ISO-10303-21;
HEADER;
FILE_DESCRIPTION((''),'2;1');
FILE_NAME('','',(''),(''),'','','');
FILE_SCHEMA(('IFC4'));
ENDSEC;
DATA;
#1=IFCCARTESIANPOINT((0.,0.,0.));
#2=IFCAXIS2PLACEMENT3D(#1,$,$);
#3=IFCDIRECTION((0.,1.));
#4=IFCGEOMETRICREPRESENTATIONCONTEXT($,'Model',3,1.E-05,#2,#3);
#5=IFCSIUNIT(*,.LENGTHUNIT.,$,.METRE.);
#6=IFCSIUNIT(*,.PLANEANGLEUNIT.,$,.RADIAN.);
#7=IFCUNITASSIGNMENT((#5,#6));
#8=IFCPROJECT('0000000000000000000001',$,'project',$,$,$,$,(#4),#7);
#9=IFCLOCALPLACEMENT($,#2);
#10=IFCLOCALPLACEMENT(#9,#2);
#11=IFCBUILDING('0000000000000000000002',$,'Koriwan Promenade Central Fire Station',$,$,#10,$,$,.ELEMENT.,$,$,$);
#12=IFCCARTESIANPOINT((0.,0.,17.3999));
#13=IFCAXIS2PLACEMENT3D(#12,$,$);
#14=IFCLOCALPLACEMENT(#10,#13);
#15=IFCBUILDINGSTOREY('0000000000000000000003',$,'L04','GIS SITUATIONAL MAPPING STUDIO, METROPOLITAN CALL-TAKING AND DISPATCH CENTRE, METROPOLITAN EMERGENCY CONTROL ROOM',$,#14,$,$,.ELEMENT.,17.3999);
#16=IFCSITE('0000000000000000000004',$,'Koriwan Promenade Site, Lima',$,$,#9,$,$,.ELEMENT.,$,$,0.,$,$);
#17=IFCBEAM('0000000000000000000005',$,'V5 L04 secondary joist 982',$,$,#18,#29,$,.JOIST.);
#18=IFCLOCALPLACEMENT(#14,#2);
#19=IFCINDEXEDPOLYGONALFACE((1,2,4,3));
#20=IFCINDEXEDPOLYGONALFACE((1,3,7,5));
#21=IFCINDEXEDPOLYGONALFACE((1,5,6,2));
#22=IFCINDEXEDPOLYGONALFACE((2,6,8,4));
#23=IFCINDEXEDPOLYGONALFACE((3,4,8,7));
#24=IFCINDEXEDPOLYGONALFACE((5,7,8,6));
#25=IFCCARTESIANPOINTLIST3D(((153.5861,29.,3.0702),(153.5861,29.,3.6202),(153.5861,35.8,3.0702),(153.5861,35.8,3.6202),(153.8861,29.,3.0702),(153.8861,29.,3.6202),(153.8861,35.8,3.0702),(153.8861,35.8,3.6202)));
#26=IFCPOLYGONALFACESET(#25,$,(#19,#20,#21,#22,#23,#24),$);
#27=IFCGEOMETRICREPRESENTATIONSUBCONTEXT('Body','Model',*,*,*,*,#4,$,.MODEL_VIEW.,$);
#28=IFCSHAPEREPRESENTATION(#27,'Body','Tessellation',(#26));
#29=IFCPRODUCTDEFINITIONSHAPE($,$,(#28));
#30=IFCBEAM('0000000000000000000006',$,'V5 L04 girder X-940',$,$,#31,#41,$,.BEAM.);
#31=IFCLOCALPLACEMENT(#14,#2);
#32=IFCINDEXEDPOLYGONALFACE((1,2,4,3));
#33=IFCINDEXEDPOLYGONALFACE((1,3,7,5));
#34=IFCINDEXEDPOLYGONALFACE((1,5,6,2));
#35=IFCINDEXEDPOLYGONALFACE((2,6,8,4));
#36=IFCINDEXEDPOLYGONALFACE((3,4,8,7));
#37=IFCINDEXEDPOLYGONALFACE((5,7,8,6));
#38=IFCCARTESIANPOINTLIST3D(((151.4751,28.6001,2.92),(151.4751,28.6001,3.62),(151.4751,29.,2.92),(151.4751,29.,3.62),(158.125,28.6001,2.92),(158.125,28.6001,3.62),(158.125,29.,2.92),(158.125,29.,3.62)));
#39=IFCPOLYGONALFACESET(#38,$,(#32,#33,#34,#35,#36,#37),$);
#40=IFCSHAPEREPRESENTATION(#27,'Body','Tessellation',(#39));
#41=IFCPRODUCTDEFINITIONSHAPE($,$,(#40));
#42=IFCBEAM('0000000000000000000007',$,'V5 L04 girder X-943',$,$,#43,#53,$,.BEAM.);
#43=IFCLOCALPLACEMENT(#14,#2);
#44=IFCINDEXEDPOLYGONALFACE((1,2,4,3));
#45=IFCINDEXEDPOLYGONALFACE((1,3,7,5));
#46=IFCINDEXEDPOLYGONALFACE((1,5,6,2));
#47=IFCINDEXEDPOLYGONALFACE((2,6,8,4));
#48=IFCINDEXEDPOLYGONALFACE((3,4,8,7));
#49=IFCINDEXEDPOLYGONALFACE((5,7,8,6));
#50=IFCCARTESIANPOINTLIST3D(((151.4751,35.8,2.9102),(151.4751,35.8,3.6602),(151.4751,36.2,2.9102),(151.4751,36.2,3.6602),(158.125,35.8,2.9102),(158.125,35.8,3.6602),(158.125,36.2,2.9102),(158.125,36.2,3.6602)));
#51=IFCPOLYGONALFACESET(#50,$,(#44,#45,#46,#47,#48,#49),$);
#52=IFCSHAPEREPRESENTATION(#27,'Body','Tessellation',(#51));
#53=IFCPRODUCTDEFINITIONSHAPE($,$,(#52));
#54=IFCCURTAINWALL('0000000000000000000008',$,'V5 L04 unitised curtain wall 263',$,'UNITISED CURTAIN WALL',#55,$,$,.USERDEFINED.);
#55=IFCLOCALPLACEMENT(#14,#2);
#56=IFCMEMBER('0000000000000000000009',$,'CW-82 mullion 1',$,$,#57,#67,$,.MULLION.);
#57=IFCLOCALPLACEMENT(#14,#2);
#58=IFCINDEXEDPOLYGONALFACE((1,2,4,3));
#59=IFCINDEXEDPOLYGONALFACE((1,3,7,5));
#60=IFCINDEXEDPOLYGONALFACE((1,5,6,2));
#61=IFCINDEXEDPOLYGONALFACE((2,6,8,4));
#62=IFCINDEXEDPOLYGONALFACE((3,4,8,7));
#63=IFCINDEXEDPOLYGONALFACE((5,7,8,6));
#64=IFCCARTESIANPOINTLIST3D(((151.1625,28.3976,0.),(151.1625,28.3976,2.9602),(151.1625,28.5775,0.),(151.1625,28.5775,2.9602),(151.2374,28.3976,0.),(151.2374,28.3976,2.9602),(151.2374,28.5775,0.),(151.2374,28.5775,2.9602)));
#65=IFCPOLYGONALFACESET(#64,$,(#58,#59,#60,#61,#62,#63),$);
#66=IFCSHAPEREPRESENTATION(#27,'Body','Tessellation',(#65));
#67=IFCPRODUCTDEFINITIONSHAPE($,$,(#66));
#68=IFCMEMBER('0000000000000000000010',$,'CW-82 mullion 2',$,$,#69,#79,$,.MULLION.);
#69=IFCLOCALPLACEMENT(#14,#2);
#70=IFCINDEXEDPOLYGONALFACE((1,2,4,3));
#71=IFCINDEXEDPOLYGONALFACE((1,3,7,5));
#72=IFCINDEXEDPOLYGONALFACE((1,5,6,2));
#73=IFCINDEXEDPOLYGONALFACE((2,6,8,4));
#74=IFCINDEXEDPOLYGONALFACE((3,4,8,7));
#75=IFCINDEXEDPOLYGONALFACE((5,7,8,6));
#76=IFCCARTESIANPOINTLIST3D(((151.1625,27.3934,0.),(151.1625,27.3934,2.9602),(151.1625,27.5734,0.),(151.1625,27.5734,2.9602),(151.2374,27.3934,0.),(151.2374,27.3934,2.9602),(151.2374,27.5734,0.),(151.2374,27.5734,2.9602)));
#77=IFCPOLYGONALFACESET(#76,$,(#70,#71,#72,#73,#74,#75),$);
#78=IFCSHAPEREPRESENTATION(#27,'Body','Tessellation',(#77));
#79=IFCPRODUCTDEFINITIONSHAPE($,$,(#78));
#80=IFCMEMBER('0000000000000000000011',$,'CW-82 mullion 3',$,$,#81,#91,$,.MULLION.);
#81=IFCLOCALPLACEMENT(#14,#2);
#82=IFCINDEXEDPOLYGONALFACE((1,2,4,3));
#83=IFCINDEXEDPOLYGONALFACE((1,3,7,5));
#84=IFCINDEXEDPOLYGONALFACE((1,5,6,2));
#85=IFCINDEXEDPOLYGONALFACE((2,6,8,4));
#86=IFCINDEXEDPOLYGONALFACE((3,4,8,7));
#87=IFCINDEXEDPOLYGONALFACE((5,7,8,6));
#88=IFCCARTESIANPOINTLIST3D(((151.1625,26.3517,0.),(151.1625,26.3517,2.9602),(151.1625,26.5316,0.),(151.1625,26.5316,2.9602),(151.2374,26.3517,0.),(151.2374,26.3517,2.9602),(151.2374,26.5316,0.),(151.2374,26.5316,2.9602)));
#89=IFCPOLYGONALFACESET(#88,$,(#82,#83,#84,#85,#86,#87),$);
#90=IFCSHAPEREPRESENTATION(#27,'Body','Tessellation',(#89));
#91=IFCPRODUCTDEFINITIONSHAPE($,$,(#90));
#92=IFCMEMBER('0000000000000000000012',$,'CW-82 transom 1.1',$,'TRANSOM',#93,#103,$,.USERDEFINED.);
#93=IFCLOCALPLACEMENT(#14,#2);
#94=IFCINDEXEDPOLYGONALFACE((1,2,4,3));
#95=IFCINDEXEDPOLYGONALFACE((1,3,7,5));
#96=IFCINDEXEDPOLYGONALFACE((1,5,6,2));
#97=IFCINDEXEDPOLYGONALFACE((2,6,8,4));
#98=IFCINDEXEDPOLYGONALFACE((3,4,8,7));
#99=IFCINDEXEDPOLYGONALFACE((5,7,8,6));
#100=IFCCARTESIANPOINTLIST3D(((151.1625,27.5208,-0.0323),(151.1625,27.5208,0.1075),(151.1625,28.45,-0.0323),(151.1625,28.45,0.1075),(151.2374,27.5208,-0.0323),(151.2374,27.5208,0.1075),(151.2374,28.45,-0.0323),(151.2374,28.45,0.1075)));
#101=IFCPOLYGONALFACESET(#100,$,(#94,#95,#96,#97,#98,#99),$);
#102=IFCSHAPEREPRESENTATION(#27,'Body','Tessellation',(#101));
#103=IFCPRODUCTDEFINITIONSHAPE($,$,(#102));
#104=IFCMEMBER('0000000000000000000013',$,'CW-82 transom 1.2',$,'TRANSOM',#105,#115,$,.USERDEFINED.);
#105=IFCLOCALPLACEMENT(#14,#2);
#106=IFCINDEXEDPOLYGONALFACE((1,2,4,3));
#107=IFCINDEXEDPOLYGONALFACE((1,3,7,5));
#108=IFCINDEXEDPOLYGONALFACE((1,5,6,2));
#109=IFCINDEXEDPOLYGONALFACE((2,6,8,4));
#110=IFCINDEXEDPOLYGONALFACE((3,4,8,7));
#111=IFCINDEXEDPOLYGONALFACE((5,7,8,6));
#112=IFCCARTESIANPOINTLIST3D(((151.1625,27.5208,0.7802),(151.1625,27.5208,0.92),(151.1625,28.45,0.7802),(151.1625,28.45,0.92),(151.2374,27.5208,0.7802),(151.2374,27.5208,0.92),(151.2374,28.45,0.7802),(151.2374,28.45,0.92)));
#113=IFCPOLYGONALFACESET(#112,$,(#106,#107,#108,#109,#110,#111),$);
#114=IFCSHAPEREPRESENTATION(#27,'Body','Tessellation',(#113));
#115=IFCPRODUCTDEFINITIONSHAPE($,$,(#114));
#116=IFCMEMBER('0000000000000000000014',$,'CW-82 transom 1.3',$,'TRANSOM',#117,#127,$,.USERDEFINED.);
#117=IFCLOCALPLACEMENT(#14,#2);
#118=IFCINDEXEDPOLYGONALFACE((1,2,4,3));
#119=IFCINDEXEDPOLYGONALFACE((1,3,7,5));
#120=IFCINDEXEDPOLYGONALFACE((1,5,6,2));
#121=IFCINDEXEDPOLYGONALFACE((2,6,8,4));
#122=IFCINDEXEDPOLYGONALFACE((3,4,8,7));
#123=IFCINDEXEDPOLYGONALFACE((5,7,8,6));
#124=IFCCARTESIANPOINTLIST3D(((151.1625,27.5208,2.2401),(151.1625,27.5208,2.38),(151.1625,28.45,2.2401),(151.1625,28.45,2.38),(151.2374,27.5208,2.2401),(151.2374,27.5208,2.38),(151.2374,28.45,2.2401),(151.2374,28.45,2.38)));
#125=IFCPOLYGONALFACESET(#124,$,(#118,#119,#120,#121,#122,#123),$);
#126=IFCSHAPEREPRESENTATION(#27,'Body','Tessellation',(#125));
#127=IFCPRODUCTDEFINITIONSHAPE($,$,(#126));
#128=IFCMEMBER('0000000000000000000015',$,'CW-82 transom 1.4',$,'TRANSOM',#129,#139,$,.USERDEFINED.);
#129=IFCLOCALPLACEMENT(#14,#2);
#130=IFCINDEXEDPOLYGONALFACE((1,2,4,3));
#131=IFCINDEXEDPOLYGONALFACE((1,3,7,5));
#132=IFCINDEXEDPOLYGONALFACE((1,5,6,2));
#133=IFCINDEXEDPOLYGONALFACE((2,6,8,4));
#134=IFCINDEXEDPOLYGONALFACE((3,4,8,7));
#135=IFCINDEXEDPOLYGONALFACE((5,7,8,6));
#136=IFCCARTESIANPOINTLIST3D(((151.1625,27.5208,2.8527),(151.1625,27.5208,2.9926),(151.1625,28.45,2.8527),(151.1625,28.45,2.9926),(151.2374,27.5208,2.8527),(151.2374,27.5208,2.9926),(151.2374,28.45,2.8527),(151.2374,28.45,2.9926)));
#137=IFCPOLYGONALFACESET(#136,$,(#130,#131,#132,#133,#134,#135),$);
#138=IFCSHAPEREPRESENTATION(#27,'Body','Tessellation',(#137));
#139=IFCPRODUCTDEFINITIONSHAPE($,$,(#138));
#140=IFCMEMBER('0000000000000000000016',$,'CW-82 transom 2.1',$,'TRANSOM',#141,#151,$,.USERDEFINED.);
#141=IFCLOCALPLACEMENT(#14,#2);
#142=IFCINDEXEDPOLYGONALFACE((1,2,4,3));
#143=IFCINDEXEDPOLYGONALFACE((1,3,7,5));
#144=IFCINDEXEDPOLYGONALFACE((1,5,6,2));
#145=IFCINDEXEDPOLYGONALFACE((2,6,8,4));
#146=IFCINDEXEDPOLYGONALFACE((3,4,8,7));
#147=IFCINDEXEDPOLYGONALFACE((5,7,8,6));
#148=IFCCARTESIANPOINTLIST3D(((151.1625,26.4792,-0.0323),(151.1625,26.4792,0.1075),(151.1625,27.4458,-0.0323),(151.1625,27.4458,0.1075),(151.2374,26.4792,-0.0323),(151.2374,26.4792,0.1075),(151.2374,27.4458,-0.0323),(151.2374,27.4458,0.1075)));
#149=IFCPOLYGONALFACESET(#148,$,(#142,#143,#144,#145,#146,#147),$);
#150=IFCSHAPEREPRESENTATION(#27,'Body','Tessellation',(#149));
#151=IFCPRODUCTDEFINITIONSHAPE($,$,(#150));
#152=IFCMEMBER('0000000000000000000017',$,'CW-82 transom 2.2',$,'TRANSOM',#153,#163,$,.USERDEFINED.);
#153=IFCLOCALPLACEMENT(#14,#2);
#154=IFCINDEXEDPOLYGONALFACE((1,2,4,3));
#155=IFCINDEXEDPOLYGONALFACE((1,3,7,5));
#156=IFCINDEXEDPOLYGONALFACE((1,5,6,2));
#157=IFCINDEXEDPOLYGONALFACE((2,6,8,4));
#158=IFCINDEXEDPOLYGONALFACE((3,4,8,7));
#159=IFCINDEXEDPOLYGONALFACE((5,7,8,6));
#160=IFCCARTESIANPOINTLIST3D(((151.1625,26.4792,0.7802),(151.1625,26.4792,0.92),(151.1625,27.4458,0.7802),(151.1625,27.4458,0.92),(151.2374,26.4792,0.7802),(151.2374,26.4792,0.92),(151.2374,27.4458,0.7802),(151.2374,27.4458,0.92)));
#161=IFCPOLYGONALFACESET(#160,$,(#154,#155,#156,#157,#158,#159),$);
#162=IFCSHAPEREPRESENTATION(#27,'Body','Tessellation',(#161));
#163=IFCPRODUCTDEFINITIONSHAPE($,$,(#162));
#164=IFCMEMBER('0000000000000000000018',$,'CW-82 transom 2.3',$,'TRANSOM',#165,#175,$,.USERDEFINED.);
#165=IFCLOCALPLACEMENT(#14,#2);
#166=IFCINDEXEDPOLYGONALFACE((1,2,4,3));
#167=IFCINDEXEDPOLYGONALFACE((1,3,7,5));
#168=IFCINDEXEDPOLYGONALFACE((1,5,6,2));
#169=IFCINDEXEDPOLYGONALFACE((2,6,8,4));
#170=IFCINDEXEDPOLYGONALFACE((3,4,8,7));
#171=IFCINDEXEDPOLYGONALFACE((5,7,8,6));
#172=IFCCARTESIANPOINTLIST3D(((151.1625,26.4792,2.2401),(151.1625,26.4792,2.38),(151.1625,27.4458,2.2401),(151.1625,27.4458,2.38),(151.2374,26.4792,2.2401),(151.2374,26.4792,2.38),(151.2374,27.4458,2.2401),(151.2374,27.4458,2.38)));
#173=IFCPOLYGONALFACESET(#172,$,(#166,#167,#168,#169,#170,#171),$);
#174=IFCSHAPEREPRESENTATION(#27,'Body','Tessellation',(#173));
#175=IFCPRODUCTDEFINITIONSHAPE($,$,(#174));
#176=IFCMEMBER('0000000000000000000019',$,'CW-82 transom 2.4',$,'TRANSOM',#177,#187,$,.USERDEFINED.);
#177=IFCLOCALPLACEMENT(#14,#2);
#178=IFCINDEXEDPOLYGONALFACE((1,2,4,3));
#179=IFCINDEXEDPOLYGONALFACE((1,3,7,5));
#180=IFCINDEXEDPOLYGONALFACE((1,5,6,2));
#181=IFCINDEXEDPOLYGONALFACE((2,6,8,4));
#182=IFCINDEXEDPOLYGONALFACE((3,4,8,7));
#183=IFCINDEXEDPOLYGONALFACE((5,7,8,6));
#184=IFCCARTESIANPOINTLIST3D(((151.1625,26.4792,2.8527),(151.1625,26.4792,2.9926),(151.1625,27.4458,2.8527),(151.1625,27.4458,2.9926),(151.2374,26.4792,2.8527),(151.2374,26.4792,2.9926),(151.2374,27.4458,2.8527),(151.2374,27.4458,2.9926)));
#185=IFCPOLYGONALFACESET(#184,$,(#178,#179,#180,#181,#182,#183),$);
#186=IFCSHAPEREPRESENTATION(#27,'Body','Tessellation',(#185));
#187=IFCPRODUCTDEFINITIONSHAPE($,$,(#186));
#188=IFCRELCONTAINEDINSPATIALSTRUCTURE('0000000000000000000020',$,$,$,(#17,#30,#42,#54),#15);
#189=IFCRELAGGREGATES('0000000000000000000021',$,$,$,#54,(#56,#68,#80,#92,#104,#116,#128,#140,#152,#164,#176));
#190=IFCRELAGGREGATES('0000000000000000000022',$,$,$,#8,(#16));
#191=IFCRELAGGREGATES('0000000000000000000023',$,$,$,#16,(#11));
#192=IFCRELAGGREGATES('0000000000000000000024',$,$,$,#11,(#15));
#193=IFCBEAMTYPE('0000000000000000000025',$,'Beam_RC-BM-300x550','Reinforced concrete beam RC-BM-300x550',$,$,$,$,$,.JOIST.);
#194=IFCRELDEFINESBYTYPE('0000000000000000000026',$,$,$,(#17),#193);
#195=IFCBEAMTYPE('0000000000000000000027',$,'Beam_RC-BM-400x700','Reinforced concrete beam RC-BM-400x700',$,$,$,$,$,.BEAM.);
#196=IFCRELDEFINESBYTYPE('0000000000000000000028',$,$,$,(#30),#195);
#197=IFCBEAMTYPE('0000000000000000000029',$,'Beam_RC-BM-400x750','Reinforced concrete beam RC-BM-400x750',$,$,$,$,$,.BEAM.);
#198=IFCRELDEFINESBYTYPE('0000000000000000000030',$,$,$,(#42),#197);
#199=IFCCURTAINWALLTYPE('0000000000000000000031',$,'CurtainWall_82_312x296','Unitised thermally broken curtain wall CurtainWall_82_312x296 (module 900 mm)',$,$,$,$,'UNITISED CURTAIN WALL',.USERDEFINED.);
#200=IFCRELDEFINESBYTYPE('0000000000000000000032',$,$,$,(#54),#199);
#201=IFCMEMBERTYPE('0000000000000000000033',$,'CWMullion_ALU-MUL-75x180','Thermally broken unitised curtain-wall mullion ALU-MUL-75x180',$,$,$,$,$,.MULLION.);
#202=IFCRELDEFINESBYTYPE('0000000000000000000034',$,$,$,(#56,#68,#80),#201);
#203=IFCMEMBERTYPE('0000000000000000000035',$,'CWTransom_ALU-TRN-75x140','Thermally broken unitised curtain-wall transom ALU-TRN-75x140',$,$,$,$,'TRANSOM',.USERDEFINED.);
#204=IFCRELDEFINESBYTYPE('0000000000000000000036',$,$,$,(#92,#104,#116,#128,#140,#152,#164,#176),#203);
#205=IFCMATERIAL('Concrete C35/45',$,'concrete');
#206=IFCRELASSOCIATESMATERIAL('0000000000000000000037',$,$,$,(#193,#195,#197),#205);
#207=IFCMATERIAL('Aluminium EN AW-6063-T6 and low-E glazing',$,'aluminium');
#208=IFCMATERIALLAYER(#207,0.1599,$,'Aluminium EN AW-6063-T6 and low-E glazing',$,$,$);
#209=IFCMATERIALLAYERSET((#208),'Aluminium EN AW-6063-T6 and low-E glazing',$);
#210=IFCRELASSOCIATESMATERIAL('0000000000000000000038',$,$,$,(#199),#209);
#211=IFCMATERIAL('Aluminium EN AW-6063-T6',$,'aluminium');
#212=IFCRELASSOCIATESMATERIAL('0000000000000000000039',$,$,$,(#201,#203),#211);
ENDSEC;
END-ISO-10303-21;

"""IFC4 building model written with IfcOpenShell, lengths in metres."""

from ifc_helpers import new_model, si_unit, direction, frame, origin, origin_2d, place, context, subcontext, project, spatial, rectangle, extrude, material, layer, layer_set, material_profile, profile_set, type_object, element, aggregate, save


model = new_model("IFC4")

# Units and contexts
model_context = context("Model", 3, precision=1e-05, world=origin(), true_north=direction((0.0, 1.0)))
body_context = subcontext(model_context, "Body", "Model", "MODEL_VIEW")
ifc_project = project(units=[si_unit("LENGTHUNIT", "METRE"), si_unit("PLANEANGLEUNIT", "RADIAN")], contexts=[model_context])

# Site, building, storey
site_placement = place(None, origin())
site = spatial("IfcSite", under=ifc_project, at=site_placement, Name="Koriwan Promenade Site, Lima", CompositionType="ELEMENT", RefElevation=0.0)
building_placement = place(site_placement, origin())
building = spatial("IfcBuilding", under=site, at=building_placement, Name="Koriwan Promenade Central Fire Station", CompositionType="ELEMENT")
storey_placement = place(building_placement, frame((0.0, 0.0, 17.3999)))
storey = spatial("IfcBuildingStorey", under=building, at=storey_placement, Name="L04", Description="GIS SITUATIONAL MAPPING STUDIO, METROPOLITAN CALL-TAKING AND DISPATCH CENTRE, METROPOLITAN EMERGENCY CONTROL ROOM", CompositionType="ELEMENT", Elevation=17.3999)

# Beams
ifc_material_1 = material(Name="Concrete C35/45", Category="concrete")
ifc_material_profile_1 = material_profile(ifc_material_1, rectangle(XDim=0.3, YDim=0.55, at=origin_2d()), Name="RC-BM-300x550")
ifc_profile_set_1 = profile_set([ifc_material_profile_1], Name="Concrete C35/45")
beam_type_1 = type_object("IfcBeamType", Name="Beam_RC-BM-300x550", Description="Reinforced concrete beam RC-BM-300x550", PredefinedType="JOIST", material=ifc_profile_set_1)
beam_1_placement = place(storey_placement, frame((153.7361, 29.0, 3.3452), z_axis=(0.0, 1.0, 0.0), x_axis=(-1.0, 0.0, 0.0)))
element("IfcBeam", 1, at=beam_1_placement, inside=storey, type_object=beam_type_1, Name="V5 L04 secondary joist 982", PredefinedType="JOIST", context=body_context, shape_type="SweptSolid", body=[
    extrude(rectangle(XDim=0.3, YDim=0.55, at=origin_2d()), origin(), (0.0, 0.0, 1.0), 6.8),
])
ifc_material_profile_2 = material_profile(ifc_material_1, rectangle(XDim=0.3999, YDim=0.7, at=origin_2d()), Name="RC-BM-400x700")
ifc_profile_set_2 = profile_set([ifc_material_profile_2], Name="Concrete C35/45")
beam_type_2 = type_object("IfcBeamType", Name="Beam_RC-BM-400x700", Description="Reinforced concrete beam RC-BM-400x700", PredefinedType="BEAM", material=ifc_profile_set_2)
beam_2_placement = place(storey_placement, frame((151.4751, 28.8, 3.27), z_axis=(1.0, 0.0, 0.0), x_axis=(0.0, 1.0, 0.0)))
element("IfcBeam", 2, at=beam_2_placement, inside=storey, type_object=beam_type_2, Name="V5 L04 girder X-940", PredefinedType="BEAM", context=body_context, shape_type="SweptSolid", body=[
    extrude(rectangle(XDim=0.3999, YDim=0.7, at=origin_2d()), origin(), (0.0, 0.0, 1.0), 6.6499),
])
ifc_material_profile_3 = material_profile(ifc_material_1, rectangle(XDim=0.3999, YDim=0.75, at=origin_2d()), Name="RC-BM-400x750")
ifc_profile_set_3 = profile_set([ifc_material_profile_3], Name="Concrete C35/45")
beam_type_3 = type_object("IfcBeamType", Name="Beam_RC-BM-400x750", Description="Reinforced concrete beam RC-BM-400x750", PredefinedType="BEAM", material=ifc_profile_set_3)
beam_3_placement = place(storey_placement, frame((151.4751, 36.0, 3.2852), z_axis=(1.0, 0.0, 0.0), x_axis=(0.0, 1.0, 0.0)))
element("IfcBeam", 3, at=beam_3_placement, inside=storey, type_object=beam_type_3, Name="V5 L04 girder X-943", PredefinedType="BEAM", context=body_context, shape_type="SweptSolid", body=[
    extrude(rectangle(XDim=0.3999, YDim=0.75, at=origin_2d()), origin(), (0.0, 0.0, 1.0), 6.6499),
])

# Curtain wall, members
ifc_material_2 = material(Name="Aluminium EN AW-6063-T6 and low-E glazing", Category="aluminium")
ifc_layer_1 = layer(ifc_material_2, 0.1599, Name="Aluminium EN AW-6063-T6 and low-E glazing")
ifc_layer_set_1 = layer_set([ifc_layer_1], Name="Aluminium EN AW-6063-T6 and low-E glazing")
curtain_wall_type_1 = type_object("IfcCurtainWallType", Name="CurtainWall_82_312x296", Description="Unitised thermally broken curtain wall CurtainWall_82_312x296 (module 900 mm)", ElementType="UNITISED CURTAIN WALL", PredefinedType="USERDEFINED", material=ifc_layer_set_1)
curtain_wall_1_placement = place(storey_placement, origin())
curtain_wall_1 = element("IfcCurtainWall", 4, at=curtain_wall_1_placement, inside=storey, type_object=curtain_wall_type_1, Name="V5 L04 unitised curtain wall 263", ObjectType="UNITISED CURTAIN WALL", PredefinedType="USERDEFINED")
ifc_material_3 = material(Name="Aluminium EN AW-6063-T6", Category="aluminium")
ifc_material_profile_4 = material_profile(ifc_material_3, rectangle(XDim=0.075, YDim=0.1799, at=origin_2d()), Name="ALU-MUL-75x180")
ifc_profile_set_4 = profile_set([ifc_material_profile_4], Name="Aluminium EN AW-6063-T6")
member_type_1 = type_object("IfcMemberType", Name="CWMullion_ALU-MUL-75x180", Description="Thermally broken unitised curtain-wall mullion ALU-MUL-75x180", PredefinedType="MULLION", material=ifc_profile_set_4)
member_1_placement = place(storey_placement, frame((151.2, 28.4875, 0.0), z_axis=(0.0, 0.0, 1.0), x_axis=(1.0, 0.0, 0.0)))
member_1 = element("IfcMember", 5, at=member_1_placement, type_object=member_type_1, Name="CW-82 mullion 1", PredefinedType="MULLION", context=body_context, shape_type="SweptSolid", body=[
    extrude(rectangle(XDim=0.075, YDim=0.1799, at=origin_2d()), origin(), (0.0, 0.0, 1.0), 2.9602),
])
member_2_placement = place(storey_placement, frame((151.2, 27.4834, 0.0), z_axis=(0.0, 0.0, 1.0), x_axis=(1.0, 0.0, 0.0)))
member_2 = element("IfcMember", 6, at=member_2_placement, type_object=member_type_1, Name="CW-82 mullion 2", PredefinedType="MULLION", context=body_context, shape_type="SweptSolid", body=[
    extrude(rectangle(XDim=0.075, YDim=0.1799, at=origin_2d()), origin(), (0.0, 0.0, 1.0), 2.9602),
])
member_3_placement = place(storey_placement, frame((151.2, 26.4417, 0.0), z_axis=(0.0, 0.0, 1.0), x_axis=(1.0, 0.0, 0.0)))
member_3 = element("IfcMember", 7, at=member_3_placement, type_object=member_type_1, Name="CW-82 mullion 3", PredefinedType="MULLION", context=body_context, shape_type="SweptSolid", body=[
    extrude(rectangle(XDim=0.075, YDim=0.1799, at=origin_2d()), origin(), (0.0, 0.0, 1.0), 2.9602),
])
ifc_material_profile_5 = material_profile(ifc_material_3, rectangle(XDim=0.075, YDim=0.1399, at=origin_2d()), Name="ALU-TRN-75x140")
ifc_profile_set_5 = profile_set([ifc_material_profile_5], Name="Aluminium EN AW-6063-T6")
member_type_2 = type_object("IfcMemberType", Name="CWTransom_ALU-TRN-75x140", Description="Thermally broken unitised curtain-wall transom ALU-TRN-75x140", ElementType="TRANSOM", PredefinedType="USERDEFINED", material=ifc_profile_set_5)
member_4_placement = place(storey_placement, frame((151.2, 28.45, 0.0376), z_axis=(0.0, -1.0, 0.0), x_axis=(1.0, 0.0, 0.0)))
member_4 = element("IfcMember", 8, at=member_4_placement, type_object=member_type_2, Name="CW-82 transom 1.1", ObjectType="TRANSOM", PredefinedType="USERDEFINED", context=body_context, shape_type="SweptSolid", body=[
    extrude(rectangle(XDim=0.075, YDim=0.1399, at=origin_2d()), origin(), (0.0, 0.0, 1.0), 0.9292),
])
member_5_placement = place(storey_placement, frame((151.2, 28.45, 0.8501), z_axis=(0.0, -1.0, 0.0), x_axis=(1.0, 0.0, 0.0)))
member_5 = element("IfcMember", 9, at=member_5_placement, type_object=member_type_2, Name="CW-82 transom 1.2", ObjectType="TRANSOM", PredefinedType="USERDEFINED", context=body_context, shape_type="SweptSolid", body=[
    extrude(rectangle(XDim=0.075, YDim=0.1399, at=origin_2d()), origin(), (0.0, 0.0, 1.0), 0.9292),
])
member_6_placement = place(storey_placement, frame((151.2, 28.45, 2.3101), z_axis=(0.0, -1.0, 0.0), x_axis=(1.0, 0.0, 0.0)))
member_6 = element("IfcMember", 10, at=member_6_placement, type_object=member_type_2, Name="CW-82 transom 1.3", ObjectType="TRANSOM", PredefinedType="USERDEFINED", context=body_context, shape_type="SweptSolid", body=[
    extrude(rectangle(XDim=0.075, YDim=0.1399, at=origin_2d()), origin(), (0.0, 0.0, 1.0), 0.9292),
])
member_7_placement = place(storey_placement, frame((151.2, 28.45, 2.9226), z_axis=(0.0, -1.0, 0.0), x_axis=(1.0, 0.0, 0.0)))
member_7 = element("IfcMember", 11, at=member_7_placement, type_object=member_type_2, Name="CW-82 transom 1.4", ObjectType="TRANSOM", PredefinedType="USERDEFINED", context=body_context, shape_type="SweptSolid", body=[
    extrude(rectangle(XDim=0.075, YDim=0.1399, at=origin_2d()), origin(), (0.0, 0.0, 1.0), 0.9292),
])
member_8_placement = place(storey_placement, frame((151.2, 27.4458, 0.0376), z_axis=(0.0, -1.0, 0.0), x_axis=(1.0, 0.0, 0.0)))
member_8 = element("IfcMember", 12, at=member_8_placement, type_object=member_type_2, Name="CW-82 transom 2.1", ObjectType="TRANSOM", PredefinedType="USERDEFINED", context=body_context, shape_type="SweptSolid", body=[
    extrude(rectangle(XDim=0.075, YDim=0.1399, at=origin_2d()), origin(), (0.0, 0.0, 1.0), 0.9666),
])
member_9_placement = place(storey_placement, frame((151.2, 27.4458, 0.8501), z_axis=(0.0, -1.0, 0.0), x_axis=(1.0, 0.0, 0.0)))
member_9 = element("IfcMember", 13, at=member_9_placement, type_object=member_type_2, Name="CW-82 transom 2.2", ObjectType="TRANSOM", PredefinedType="USERDEFINED", context=body_context, shape_type="SweptSolid", body=[
    extrude(rectangle(XDim=0.075, YDim=0.1399, at=origin_2d()), origin(), (0.0, 0.0, 1.0), 0.9666),
])
member_10_placement = place(storey_placement, frame((151.2, 27.4458, 2.3101), z_axis=(0.0, -1.0, 0.0), x_axis=(1.0, 0.0, 0.0)))
member_10 = element("IfcMember", 14, at=member_10_placement, type_object=member_type_2, Name="CW-82 transom 2.3", ObjectType="TRANSOM", PredefinedType="USERDEFINED", context=body_context, shape_type="SweptSolid", body=[
    extrude(rectangle(XDim=0.075, YDim=0.1399, at=origin_2d()), origin(), (0.0, 0.0, 1.0), 0.9666),
])
member_11_placement = place(storey_placement, frame((151.2, 27.4458, 2.9226), z_axis=(0.0, -1.0, 0.0), x_axis=(1.0, 0.0, 0.0)))
member_11 = element("IfcMember", 15, at=member_11_placement, type_object=member_type_2, Name="CW-82 transom 2.4", ObjectType="TRANSOM", PredefinedType="USERDEFINED", context=body_context, shape_type="SweptSolid", body=[
    extrude(rectangle(XDim=0.075, YDim=0.1399, at=origin_2d()), origin(), (0.0, 0.0, 1.0), 0.9666),
])

aggregate(curtain_wall_1, [member_1, member_2, member_3, member_4, member_5, member_6, member_7, member_8, member_9, member_10, member_11])

save(model, "model.ifc")
